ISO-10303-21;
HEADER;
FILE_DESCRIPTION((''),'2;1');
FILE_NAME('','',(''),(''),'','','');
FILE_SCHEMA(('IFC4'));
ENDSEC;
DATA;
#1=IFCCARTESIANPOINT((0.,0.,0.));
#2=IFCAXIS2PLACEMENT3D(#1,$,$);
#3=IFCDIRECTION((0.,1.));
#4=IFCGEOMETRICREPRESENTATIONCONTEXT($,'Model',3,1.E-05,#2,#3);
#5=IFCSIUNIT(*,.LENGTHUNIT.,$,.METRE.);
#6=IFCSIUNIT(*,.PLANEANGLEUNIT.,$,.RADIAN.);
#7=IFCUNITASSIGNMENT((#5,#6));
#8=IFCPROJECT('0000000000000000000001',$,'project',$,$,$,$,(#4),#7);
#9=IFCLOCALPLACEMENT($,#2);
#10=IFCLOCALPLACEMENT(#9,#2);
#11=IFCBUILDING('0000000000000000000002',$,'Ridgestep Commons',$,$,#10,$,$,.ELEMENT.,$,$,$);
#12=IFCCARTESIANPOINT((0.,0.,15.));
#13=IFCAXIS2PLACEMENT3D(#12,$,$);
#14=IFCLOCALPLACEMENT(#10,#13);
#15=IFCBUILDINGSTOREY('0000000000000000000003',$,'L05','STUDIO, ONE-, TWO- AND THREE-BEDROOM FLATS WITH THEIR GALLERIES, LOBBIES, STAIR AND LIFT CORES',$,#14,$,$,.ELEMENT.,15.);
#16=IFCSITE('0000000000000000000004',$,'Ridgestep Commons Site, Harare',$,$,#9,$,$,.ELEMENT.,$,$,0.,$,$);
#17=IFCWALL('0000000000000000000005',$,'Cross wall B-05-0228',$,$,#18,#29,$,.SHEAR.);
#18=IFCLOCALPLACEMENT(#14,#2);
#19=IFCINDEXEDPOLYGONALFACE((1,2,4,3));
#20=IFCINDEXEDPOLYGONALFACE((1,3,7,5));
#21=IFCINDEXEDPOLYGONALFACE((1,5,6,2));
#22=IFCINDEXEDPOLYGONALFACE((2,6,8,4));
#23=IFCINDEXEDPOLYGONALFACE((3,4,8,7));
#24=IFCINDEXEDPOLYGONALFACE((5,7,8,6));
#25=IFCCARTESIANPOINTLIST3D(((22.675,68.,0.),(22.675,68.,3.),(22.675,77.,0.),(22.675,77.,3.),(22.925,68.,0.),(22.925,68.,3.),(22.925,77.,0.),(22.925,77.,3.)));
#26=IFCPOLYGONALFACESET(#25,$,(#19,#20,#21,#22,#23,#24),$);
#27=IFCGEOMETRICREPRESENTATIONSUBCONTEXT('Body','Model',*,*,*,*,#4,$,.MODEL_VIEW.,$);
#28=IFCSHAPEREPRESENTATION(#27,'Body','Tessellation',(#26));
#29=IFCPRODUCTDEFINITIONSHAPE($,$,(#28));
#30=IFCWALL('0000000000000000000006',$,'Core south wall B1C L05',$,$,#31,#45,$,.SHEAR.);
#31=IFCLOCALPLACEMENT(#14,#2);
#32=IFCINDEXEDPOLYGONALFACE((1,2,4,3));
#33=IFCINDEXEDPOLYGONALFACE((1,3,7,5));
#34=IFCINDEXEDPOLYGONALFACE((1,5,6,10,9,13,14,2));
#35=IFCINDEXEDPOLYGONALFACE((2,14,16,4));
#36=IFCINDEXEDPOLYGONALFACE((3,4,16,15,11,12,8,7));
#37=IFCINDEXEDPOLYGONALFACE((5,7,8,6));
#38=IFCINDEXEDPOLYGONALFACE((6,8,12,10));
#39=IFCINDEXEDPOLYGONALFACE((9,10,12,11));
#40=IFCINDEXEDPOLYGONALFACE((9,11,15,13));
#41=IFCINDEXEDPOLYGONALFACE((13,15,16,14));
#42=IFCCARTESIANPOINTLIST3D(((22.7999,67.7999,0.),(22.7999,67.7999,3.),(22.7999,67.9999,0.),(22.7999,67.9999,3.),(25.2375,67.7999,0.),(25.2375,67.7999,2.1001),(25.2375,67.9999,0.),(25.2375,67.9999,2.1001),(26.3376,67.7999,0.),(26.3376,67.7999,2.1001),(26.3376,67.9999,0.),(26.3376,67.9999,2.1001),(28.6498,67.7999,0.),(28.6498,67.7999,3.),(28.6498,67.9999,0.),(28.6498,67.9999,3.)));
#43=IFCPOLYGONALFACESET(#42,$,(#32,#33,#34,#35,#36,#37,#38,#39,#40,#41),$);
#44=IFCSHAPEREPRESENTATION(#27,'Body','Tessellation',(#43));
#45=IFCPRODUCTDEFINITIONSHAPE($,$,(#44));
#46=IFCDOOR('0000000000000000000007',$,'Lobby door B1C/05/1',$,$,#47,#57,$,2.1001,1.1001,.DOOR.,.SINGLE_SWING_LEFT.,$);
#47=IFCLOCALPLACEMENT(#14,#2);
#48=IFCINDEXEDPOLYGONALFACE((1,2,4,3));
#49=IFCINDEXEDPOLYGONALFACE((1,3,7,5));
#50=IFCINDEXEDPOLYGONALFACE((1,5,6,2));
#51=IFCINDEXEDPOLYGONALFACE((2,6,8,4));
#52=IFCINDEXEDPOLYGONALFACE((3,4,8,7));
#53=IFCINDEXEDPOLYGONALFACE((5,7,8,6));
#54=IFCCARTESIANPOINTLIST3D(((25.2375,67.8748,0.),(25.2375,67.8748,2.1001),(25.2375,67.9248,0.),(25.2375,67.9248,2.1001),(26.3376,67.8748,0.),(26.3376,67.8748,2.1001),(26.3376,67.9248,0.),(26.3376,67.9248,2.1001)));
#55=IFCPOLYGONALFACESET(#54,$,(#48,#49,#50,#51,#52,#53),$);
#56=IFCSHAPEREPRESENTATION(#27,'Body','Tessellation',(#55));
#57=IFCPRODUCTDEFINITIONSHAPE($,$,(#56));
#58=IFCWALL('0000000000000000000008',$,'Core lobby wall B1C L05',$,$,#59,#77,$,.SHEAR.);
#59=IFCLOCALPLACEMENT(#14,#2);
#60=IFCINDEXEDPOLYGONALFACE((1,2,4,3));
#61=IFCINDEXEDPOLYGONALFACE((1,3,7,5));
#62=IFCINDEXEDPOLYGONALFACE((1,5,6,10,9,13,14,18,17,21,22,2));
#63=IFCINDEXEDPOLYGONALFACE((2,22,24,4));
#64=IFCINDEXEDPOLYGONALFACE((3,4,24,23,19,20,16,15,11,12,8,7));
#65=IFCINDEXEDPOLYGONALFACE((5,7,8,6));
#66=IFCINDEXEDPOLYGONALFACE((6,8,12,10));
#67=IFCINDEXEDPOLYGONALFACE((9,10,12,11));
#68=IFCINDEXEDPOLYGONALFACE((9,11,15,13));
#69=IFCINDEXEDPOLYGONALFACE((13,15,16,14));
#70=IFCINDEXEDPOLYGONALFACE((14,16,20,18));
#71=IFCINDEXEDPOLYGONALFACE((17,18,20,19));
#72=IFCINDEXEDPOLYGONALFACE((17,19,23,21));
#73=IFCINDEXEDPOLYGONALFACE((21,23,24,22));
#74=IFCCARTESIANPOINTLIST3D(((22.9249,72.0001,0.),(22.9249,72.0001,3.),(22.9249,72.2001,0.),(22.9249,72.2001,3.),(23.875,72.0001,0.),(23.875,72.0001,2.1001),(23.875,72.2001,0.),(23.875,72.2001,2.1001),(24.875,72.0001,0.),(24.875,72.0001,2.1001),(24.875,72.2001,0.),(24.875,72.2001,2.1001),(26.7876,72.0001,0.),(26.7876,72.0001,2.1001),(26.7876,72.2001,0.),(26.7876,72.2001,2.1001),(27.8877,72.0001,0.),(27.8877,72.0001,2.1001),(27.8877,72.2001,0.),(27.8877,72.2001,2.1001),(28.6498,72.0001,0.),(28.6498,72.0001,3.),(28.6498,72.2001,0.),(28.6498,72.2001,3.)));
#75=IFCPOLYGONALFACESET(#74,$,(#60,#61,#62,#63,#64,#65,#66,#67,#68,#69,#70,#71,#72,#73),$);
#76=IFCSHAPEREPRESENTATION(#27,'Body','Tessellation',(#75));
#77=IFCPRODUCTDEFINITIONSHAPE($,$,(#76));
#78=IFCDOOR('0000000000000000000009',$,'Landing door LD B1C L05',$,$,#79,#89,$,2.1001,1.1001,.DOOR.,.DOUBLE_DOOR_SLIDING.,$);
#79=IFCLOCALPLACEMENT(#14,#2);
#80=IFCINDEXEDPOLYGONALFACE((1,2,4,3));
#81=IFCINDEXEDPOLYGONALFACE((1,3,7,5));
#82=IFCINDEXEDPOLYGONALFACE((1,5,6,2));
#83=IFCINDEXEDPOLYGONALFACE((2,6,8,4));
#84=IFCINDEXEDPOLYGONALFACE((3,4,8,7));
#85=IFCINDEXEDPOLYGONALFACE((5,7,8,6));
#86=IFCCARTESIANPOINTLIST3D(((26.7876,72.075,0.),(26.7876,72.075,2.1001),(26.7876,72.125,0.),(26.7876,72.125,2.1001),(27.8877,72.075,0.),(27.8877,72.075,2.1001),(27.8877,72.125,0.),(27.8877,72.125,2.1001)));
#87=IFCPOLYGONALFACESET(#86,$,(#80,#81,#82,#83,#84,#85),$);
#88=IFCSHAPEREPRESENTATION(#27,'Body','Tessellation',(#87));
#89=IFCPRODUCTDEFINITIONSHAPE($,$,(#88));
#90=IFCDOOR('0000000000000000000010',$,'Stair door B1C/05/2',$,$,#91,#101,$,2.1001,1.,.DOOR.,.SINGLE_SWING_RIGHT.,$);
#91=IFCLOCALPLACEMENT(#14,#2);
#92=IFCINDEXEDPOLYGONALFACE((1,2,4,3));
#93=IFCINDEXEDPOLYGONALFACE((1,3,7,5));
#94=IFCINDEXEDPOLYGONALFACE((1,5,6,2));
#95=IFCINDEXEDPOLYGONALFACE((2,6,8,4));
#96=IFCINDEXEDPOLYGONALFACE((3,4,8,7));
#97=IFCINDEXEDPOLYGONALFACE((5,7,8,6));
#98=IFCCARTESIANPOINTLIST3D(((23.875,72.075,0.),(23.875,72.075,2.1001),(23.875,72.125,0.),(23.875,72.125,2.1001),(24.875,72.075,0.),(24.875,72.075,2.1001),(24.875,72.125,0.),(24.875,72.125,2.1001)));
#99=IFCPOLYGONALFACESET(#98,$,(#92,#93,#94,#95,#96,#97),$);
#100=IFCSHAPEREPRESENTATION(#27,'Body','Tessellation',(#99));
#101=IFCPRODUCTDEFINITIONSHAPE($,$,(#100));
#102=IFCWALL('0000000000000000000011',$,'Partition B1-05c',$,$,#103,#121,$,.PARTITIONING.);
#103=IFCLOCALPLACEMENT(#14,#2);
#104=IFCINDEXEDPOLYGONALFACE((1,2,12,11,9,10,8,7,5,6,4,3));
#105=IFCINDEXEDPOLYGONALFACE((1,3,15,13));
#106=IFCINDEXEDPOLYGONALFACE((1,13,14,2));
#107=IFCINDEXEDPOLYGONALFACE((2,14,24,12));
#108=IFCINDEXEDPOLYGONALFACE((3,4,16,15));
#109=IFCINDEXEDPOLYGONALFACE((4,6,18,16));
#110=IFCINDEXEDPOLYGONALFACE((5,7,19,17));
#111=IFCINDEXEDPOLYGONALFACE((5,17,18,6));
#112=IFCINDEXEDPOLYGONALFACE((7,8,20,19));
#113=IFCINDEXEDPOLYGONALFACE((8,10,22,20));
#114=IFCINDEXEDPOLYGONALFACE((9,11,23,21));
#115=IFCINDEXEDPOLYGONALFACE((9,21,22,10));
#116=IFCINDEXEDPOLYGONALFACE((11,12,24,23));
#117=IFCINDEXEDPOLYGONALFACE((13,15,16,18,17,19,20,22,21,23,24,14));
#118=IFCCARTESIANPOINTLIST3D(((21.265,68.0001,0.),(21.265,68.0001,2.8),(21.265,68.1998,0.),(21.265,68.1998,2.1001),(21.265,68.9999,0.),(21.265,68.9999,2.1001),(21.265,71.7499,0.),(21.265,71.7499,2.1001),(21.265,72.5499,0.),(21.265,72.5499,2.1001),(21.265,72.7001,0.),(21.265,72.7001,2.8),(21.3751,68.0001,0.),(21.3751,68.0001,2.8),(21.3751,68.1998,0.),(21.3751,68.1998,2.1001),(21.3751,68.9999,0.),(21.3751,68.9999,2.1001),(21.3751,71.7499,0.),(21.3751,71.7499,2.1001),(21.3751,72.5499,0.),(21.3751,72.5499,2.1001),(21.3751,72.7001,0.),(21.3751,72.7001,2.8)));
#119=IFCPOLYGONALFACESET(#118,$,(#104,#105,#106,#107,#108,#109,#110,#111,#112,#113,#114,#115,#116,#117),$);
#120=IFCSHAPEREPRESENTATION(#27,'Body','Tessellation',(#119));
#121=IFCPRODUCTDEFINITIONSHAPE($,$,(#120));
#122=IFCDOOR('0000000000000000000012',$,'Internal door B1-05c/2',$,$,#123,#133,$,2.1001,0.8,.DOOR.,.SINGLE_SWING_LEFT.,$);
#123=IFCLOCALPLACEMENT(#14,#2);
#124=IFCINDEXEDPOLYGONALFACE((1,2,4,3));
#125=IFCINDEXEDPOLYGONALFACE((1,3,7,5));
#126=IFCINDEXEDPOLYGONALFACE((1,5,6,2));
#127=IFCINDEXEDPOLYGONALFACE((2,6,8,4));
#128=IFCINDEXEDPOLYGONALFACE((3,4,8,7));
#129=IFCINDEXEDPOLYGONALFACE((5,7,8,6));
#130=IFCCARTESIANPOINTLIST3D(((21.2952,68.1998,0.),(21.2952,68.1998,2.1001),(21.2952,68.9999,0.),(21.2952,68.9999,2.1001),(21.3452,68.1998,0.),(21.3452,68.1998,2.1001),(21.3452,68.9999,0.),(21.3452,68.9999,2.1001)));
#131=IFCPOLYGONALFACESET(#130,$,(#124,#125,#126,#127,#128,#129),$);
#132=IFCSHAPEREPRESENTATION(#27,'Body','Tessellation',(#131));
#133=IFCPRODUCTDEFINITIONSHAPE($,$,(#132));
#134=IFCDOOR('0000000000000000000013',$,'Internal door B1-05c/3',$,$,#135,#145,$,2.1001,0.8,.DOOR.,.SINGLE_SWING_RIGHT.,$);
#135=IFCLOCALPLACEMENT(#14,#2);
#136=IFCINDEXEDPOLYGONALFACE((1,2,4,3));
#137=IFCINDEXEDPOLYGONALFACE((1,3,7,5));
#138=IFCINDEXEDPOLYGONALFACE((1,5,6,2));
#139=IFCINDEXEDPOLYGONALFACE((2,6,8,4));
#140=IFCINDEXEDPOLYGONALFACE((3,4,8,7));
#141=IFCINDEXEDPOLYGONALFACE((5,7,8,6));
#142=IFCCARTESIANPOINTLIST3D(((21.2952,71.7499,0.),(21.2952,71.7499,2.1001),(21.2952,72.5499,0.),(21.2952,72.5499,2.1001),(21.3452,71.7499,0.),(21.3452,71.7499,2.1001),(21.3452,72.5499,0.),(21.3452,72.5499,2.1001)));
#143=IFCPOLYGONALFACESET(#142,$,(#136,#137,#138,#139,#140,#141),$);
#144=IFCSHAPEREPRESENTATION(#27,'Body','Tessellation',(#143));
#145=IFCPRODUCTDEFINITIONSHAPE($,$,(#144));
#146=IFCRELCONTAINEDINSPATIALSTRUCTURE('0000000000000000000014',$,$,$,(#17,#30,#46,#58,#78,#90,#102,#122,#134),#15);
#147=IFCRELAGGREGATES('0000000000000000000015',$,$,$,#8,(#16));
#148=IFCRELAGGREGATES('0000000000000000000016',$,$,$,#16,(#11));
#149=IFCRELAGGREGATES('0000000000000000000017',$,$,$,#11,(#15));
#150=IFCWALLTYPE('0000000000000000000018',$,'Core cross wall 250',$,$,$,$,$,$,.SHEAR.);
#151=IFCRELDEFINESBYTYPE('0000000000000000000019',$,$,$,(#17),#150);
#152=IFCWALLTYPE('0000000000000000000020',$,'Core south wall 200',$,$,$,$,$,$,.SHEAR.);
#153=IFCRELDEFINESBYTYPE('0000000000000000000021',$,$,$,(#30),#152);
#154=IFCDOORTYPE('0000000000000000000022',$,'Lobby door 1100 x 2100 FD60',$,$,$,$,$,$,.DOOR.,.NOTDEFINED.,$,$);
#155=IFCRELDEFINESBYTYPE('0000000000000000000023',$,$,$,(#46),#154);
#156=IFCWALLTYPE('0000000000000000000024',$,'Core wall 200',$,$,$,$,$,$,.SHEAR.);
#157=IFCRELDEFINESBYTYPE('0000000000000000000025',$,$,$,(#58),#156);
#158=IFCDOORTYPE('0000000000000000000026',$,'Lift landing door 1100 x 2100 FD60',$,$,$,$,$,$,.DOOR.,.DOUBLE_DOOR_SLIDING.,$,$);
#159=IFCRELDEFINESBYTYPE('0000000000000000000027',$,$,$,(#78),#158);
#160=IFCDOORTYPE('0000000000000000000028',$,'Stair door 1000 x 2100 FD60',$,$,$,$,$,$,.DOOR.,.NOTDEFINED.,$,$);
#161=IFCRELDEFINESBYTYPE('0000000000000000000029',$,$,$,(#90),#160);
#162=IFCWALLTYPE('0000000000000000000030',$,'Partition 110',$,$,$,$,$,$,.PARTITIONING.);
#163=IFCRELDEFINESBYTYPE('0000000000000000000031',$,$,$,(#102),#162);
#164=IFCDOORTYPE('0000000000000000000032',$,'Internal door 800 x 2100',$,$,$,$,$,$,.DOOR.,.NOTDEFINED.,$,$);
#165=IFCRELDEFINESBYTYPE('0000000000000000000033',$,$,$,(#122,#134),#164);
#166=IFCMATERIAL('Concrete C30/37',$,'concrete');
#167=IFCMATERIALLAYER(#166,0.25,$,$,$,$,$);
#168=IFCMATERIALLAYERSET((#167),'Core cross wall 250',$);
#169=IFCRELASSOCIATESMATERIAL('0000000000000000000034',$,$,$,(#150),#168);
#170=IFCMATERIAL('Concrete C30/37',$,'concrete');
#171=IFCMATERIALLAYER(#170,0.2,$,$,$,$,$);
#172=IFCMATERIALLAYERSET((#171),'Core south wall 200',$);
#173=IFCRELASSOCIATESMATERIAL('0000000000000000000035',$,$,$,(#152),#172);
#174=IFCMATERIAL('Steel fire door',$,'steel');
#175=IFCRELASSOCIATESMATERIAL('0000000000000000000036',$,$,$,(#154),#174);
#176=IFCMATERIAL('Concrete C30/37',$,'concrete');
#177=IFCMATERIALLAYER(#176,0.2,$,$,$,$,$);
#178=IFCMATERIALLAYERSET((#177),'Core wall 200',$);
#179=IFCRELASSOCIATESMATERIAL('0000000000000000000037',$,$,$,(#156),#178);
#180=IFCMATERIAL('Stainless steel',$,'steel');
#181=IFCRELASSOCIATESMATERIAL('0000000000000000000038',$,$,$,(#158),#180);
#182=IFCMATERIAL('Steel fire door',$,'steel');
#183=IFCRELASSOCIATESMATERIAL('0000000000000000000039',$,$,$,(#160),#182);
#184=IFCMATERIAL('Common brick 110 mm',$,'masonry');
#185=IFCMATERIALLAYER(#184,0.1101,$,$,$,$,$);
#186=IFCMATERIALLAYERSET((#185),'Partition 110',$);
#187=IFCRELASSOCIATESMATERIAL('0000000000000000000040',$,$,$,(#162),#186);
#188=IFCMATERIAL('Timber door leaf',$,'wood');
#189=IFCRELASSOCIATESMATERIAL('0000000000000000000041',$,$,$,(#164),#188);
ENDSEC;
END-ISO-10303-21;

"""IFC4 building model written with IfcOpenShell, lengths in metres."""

from ifc_helpers import new_model, si_unit, direction, frame, frame_2d, origin, place, context, subcontext, project, spatial, rectangle, extrude, material, layer, layer_set, type_object, element, fill, save


model = new_model("IFC4")

# Units and contexts
model_context = context("Model", 3, precision=1e-05, world=origin(), true_north=direction((0.0, 1.0)))
body_context = subcontext(model_context, "Body", "Model", "MODEL_VIEW")
ifc_project = project(units=[si_unit("LENGTHUNIT", "METRE"), si_unit("PLANEANGLEUNIT", "RADIAN")], contexts=[model_context])

# Site, building, storey
site_placement = place(None, origin())
site = spatial("IfcSite", under=ifc_project, at=site_placement, Name="Ridgestep Commons Site, Harare", CompositionType="ELEMENT", RefElevation=0.0)
building_placement = place(site_placement, origin())
building = spatial("IfcBuilding", under=site, at=building_placement, Name="Ridgestep Commons", CompositionType="ELEMENT")
storey_placement = place(building_placement, frame((0.0, 0.0, 15.0)))
storey = spatial("IfcBuildingStorey", under=building, at=storey_placement, Name="L05", Description="STUDIO, ONE-, TWO- AND THREE-BEDROOM FLATS WITH THEIR GALLERIES, LOBBIES, STAIR AND LIFT CORES", CompositionType="ELEMENT", Elevation=15.0)

# Wall
ifc_material_1 = material(Name="Concrete C30/37", Category="concrete")
ifc_layer_1 = layer(ifc_material_1, 0.25)
ifc_layer_set_1 = layer_set([ifc_layer_1], Name="Core cross wall 250")
wall_type_1 = type_object("IfcWallType", Name="Core cross wall 250", PredefinedType="SHEAR", material=ifc_layer_set_1)
wall_1_placement = place(storey_placement, frame((22.8, 68.0, 0.0), z_axis=(0.0, 0.0, 1.0), x_axis=(0.0, 1.0, 0.0)))
element("IfcWall", 1, at=wall_1_placement, inside=storey, type_object=wall_type_1, Name="Cross wall B-05-0228", PredefinedType="SHEAR", context=body_context, shape_type="SweptSolid", body=[
    extrude(rectangle(XDim=9.0, YDim=0.25, at=frame_2d((4.5, 0.0))), origin(), (0.0, 0.0, 1.0), 3.0),
])

# Wall, opening, door
ifc_material_2 = material(Name="Concrete C30/37", Category="concrete")
ifc_layer_2 = layer(ifc_material_2, 0.2)
ifc_layer_set_2 = layer_set([ifc_layer_2], Name="Core south wall 200")
wall_type_2 = type_object("IfcWallType", Name="Core south wall 200", PredefinedType="SHEAR", material=ifc_layer_set_2)
wall_2_placement = place(storey_placement, frame((22.8, 67.8999, 0.0), z_axis=(0.0, 0.0, 1.0), x_axis=(1.0, 0.0, 0.0)))
wall_2 = element("IfcWall", 2, at=wall_2_placement, inside=storey, type_object=wall_type_2, Name="Core south wall B1C L05", PredefinedType="SHEAR", context=body_context, shape_type="SweptSolid", body=[
    extrude(rectangle(XDim=5.8499, YDim=0.2, at=frame_2d((2.9248, 0.0))), origin(), (0.0, 0.0, 1.0), 3.0),
])
opening_1_placement = place(wall_2_placement, frame((2.4375, 0.0, 0.0)))
opening_1 = element("IfcOpeningElement", 3, at=opening_1_placement, cuts=wall_2, PredefinedType="OPENING", context=body_context, shape_type="SweptSolid", body=[
    extrude(rectangle(XDim=1.1001, YDim=2.1001, at=frame_2d((0.55, 1.05))), frame((0.0, 0.1099, 0.0), z_axis=(0.0, -1.0, 0.0), x_axis=(1.0, 0.0, 0.0)), (0.0, 0.0, 1.0), 0.22),
])
ifc_material_3 = material(Name="Steel fire door", Category="steel")
door_type_1 = type_object("IfcDoorType", Name="Lobby door 1100 x 2100 FD60", OperationType="NOTDEFINED", PredefinedType="DOOR", material=ifc_material_3)
door_1_placement = place(opening_1_placement, origin())
door_1 = element("IfcDoor", 4, at=door_1_placement, inside=storey, type_object=door_type_1, Name="Lobby door B1C/05/1", OperationType="SINGLE_SWING_LEFT", OverallHeight=2.1001, OverallWidth=1.1001, PredefinedType="DOOR", context=body_context, shape_type="SweptSolid", body=[
    extrude(rectangle(XDim=1.1001, YDim=2.1001, at=frame_2d((0.55, 1.05))), frame((0.0, 0.0249, 0.0), z_axis=(0.0, -1.0, 0.0), x_axis=(1.0, 0.0, 0.0)), (0.0, 0.0, 1.0), 0.05),
])
fill(opening_1, door_1)

# Walls, openings, doors
ifc_material_4 = material(Name="Concrete C30/37", Category="concrete")
ifc_layer_3 = layer(ifc_material_4, 0.2)
ifc_layer_set_3 = layer_set([ifc_layer_3], Name="Core wall 200")
wall_type_3 = type_object("IfcWallType", Name="Core wall 200", PredefinedType="SHEAR", material=ifc_layer_set_3)
wall_3_placement = place(storey_placement, frame((22.925, 72.1001, 0.0), z_axis=(0.0, 0.0, 1.0), x_axis=(1.0, 0.0, 0.0)))
wall_3 = element("IfcWall", 5, at=wall_3_placement, inside=storey, type_object=wall_type_3, Name="Core lobby wall B1C L05", PredefinedType="SHEAR", context=body_context, shape_type="SweptSolid", body=[
    extrude(rectangle(XDim=5.7249, YDim=0.2, at=frame_2d((2.8623, 0.0))), origin(), (0.0, 0.0, 1.0), 3.0),
])
opening_2_placement = place(wall_3_placement, frame((0.95, 0.0, 0.0)))
opening_2 = element("IfcOpeningElement", 6, at=opening_2_placement, cuts=wall_3, PredefinedType="OPENING", context=body_context, shape_type="SweptSolid", body=[
    extrude(rectangle(XDim=1.0, YDim=2.1001, at=frame_2d((0.5, 1.05))), frame((0.0, 0.1099, 0.0), z_axis=(0.0, -1.0, 0.0), x_axis=(1.0, 0.0, 0.0)), (0.0, 0.0, 1.0), 0.22),
])
opening_3_placement = place(wall_3_placement, frame((3.8625, 0.0, 0.0)))
opening_3 = element("IfcOpeningElement", 7, at=opening_3_placement, cuts=wall_3, PredefinedType="OPENING", context=body_context, shape_type="SweptSolid", body=[
    extrude(rectangle(XDim=1.1001, YDim=2.1001, at=frame_2d((0.55, 1.05))), frame((0.0, 0.1099, 0.0), z_axis=(0.0, -1.0, 0.0), x_axis=(1.0, 0.0, 0.0)), (0.0, 0.0, 1.0), 0.22),
])
ifc_material_5 = material(Name="Stainless steel", Category="steel")
door_type_2 = type_object("IfcDoorType", Name="Lift landing door 1100 x 2100 FD60", OperationType="DOUBLE_DOOR_SLIDING", PredefinedType="DOOR", material=ifc_material_5)
door_2_placement = place(opening_3_placement, origin())
door_2 = element("IfcDoor", 8, at=door_2_placement, inside=storey, type_object=door_type_2, Name="Landing door LD B1C L05", OperationType="DOUBLE_DOOR_SLIDING", OverallHeight=2.1001, OverallWidth=1.1001, PredefinedType="DOOR", context=body_context, shape_type="SweptSolid", body=[
    extrude(rectangle(XDim=1.1001, YDim=2.1001, at=frame_2d((0.55, 1.05))), frame((0.0, 0.0249, 0.0), z_axis=(0.0, -1.0, 0.0), x_axis=(1.0, 0.0, 0.0)), (0.0, 0.0, 1.0), 0.05),
])
fill(opening_3, door_2)
ifc_material_6 = material(Name="Steel fire door", Category="steel")
door_type_3 = type_object("IfcDoorType", Name="Stair door 1000 x 2100 FD60", OperationType="NOTDEFINED", PredefinedType="DOOR", material=ifc_material_6)
door_3_placement = place(opening_2_placement, origin())
door_3 = element("IfcDoor", 9, at=door_3_placement, inside=storey, type_object=door_type_3, Name="Stair door B1C/05/2", OperationType="SINGLE_SWING_RIGHT", OverallHeight=2.1001, OverallWidth=1.0, PredefinedType="DOOR", context=body_context, shape_type="SweptSolid", body=[
    extrude(rectangle(XDim=1.0, YDim=2.1001, at=frame_2d((0.5, 1.05))), frame((0.0, 0.0249, 0.0), z_axis=(0.0, -1.0, 0.0), x_axis=(1.0, 0.0, 0.0)), (0.0, 0.0, 1.0), 0.05),
])
fill(opening_2, door_3)
ifc_material_7 = material(Name="Common brick 110 mm", Category="masonry")
ifc_layer_4 = layer(ifc_material_7, 0.1101)
ifc_layer_set_4 = layer_set([ifc_layer_4], Name="Partition 110")
wall_type_4 = type_object("IfcWallType", Name="Partition 110", PredefinedType="PARTITIONING", material=ifc_layer_set_4)
wall_4_placement = place(storey_placement, frame((21.3201, 68.0, 0.0), z_axis=(0.0, 0.0, 1.0), x_axis=(0.0, 1.0, 0.0)))
wall_4 = element("IfcWall", 10, at=wall_4_placement, inside=storey, type_object=wall_type_4, Name="Partition B1-05c", PredefinedType="PARTITIONING", context=body_context, shape_type="SweptSolid", body=[
    extrude(rectangle(XDim=4.7, YDim=0.1101, at=frame_2d((2.3501, 0.0))), origin(), (0.0, 0.0, 1.0), 2.8),
])
opening_4_placement = place(wall_4_placement, frame((0.2, 0.0, 0.0)))
opening_4 = element("IfcOpeningElement", 11, at=opening_4_placement, cuts=wall_4, PredefinedType="OPENING", context=body_context, shape_type="SweptSolid", body=[
    extrude(rectangle(XDim=0.8, YDim=2.1001, at=frame_2d((0.3999, 1.05))), frame((0.0, 0.0649, 0.0), z_axis=(0.0, -1.0, 0.0), x_axis=(1.0, 0.0, 0.0)), (0.0, 0.0, 1.0), 0.1301),
])
opening_5_placement = place(wall_4_placement, frame((3.75, 0.0, 0.0)))
opening_5 = element("IfcOpeningElement", 12, at=opening_5_placement, cuts=wall_4, PredefinedType="OPENING", context=body_context, shape_type="SweptSolid", body=[
    extrude(rectangle(XDim=0.8, YDim=2.1001, at=frame_2d((0.3999, 1.05))), frame((0.0, 0.0649, 0.0), z_axis=(0.0, -1.0, 0.0), x_axis=(1.0, 0.0, 0.0)), (0.0, 0.0, 1.0), 0.1301),
])
ifc_material_8 = material(Name="Timber door leaf", Category="wood")
door_type_4 = type_object("IfcDoorType", Name="Internal door 800 x 2100", OperationType="NOTDEFINED", PredefinedType="DOOR", material=ifc_material_8)
door_4_placement = place(opening_4_placement, origin())
door_4 = element("IfcDoor", 13, at=door_4_placement, inside=storey, type_object=door_type_4, Name="Internal door B1-05c/2", OperationType="SINGLE_SWING_LEFT", OverallHeight=2.1001, OverallWidth=0.8, PredefinedType="DOOR", context=body_context, shape_type="SweptSolid", body=[
    extrude(rectangle(XDim=0.8, YDim=2.1001, at=frame_2d((0.3999, 1.05))), frame((0.0, 0.0249, 0.0), z_axis=(0.0, -1.0, 0.0), x_axis=(1.0, 0.0, 0.0)), (0.0, 0.0, 1.0), 0.05),
])
fill(opening_4, door_4)
door_5_placement = place(opening_5_placement, origin())
door_5 = element("IfcDoor", 14, at=door_5_placement, inside=storey, type_object=door_type_4, Name="Internal door B1-05c/3", OperationType="SINGLE_SWING_RIGHT", OverallHeight=2.1001, OverallWidth=0.8, PredefinedType="DOOR", context=body_context, shape_type="SweptSolid", body=[
    extrude(rectangle(XDim=0.8, YDim=2.1001, at=frame_2d((0.3999, 1.05))), frame((0.0, 0.0249, 0.0), z_axis=(0.0, -1.0, 0.0), x_axis=(1.0, 0.0, 0.0)), (0.0, 0.0, 1.0), 0.05),
])
fill(opening_5, door_5)

save(model, "model.ifc")
